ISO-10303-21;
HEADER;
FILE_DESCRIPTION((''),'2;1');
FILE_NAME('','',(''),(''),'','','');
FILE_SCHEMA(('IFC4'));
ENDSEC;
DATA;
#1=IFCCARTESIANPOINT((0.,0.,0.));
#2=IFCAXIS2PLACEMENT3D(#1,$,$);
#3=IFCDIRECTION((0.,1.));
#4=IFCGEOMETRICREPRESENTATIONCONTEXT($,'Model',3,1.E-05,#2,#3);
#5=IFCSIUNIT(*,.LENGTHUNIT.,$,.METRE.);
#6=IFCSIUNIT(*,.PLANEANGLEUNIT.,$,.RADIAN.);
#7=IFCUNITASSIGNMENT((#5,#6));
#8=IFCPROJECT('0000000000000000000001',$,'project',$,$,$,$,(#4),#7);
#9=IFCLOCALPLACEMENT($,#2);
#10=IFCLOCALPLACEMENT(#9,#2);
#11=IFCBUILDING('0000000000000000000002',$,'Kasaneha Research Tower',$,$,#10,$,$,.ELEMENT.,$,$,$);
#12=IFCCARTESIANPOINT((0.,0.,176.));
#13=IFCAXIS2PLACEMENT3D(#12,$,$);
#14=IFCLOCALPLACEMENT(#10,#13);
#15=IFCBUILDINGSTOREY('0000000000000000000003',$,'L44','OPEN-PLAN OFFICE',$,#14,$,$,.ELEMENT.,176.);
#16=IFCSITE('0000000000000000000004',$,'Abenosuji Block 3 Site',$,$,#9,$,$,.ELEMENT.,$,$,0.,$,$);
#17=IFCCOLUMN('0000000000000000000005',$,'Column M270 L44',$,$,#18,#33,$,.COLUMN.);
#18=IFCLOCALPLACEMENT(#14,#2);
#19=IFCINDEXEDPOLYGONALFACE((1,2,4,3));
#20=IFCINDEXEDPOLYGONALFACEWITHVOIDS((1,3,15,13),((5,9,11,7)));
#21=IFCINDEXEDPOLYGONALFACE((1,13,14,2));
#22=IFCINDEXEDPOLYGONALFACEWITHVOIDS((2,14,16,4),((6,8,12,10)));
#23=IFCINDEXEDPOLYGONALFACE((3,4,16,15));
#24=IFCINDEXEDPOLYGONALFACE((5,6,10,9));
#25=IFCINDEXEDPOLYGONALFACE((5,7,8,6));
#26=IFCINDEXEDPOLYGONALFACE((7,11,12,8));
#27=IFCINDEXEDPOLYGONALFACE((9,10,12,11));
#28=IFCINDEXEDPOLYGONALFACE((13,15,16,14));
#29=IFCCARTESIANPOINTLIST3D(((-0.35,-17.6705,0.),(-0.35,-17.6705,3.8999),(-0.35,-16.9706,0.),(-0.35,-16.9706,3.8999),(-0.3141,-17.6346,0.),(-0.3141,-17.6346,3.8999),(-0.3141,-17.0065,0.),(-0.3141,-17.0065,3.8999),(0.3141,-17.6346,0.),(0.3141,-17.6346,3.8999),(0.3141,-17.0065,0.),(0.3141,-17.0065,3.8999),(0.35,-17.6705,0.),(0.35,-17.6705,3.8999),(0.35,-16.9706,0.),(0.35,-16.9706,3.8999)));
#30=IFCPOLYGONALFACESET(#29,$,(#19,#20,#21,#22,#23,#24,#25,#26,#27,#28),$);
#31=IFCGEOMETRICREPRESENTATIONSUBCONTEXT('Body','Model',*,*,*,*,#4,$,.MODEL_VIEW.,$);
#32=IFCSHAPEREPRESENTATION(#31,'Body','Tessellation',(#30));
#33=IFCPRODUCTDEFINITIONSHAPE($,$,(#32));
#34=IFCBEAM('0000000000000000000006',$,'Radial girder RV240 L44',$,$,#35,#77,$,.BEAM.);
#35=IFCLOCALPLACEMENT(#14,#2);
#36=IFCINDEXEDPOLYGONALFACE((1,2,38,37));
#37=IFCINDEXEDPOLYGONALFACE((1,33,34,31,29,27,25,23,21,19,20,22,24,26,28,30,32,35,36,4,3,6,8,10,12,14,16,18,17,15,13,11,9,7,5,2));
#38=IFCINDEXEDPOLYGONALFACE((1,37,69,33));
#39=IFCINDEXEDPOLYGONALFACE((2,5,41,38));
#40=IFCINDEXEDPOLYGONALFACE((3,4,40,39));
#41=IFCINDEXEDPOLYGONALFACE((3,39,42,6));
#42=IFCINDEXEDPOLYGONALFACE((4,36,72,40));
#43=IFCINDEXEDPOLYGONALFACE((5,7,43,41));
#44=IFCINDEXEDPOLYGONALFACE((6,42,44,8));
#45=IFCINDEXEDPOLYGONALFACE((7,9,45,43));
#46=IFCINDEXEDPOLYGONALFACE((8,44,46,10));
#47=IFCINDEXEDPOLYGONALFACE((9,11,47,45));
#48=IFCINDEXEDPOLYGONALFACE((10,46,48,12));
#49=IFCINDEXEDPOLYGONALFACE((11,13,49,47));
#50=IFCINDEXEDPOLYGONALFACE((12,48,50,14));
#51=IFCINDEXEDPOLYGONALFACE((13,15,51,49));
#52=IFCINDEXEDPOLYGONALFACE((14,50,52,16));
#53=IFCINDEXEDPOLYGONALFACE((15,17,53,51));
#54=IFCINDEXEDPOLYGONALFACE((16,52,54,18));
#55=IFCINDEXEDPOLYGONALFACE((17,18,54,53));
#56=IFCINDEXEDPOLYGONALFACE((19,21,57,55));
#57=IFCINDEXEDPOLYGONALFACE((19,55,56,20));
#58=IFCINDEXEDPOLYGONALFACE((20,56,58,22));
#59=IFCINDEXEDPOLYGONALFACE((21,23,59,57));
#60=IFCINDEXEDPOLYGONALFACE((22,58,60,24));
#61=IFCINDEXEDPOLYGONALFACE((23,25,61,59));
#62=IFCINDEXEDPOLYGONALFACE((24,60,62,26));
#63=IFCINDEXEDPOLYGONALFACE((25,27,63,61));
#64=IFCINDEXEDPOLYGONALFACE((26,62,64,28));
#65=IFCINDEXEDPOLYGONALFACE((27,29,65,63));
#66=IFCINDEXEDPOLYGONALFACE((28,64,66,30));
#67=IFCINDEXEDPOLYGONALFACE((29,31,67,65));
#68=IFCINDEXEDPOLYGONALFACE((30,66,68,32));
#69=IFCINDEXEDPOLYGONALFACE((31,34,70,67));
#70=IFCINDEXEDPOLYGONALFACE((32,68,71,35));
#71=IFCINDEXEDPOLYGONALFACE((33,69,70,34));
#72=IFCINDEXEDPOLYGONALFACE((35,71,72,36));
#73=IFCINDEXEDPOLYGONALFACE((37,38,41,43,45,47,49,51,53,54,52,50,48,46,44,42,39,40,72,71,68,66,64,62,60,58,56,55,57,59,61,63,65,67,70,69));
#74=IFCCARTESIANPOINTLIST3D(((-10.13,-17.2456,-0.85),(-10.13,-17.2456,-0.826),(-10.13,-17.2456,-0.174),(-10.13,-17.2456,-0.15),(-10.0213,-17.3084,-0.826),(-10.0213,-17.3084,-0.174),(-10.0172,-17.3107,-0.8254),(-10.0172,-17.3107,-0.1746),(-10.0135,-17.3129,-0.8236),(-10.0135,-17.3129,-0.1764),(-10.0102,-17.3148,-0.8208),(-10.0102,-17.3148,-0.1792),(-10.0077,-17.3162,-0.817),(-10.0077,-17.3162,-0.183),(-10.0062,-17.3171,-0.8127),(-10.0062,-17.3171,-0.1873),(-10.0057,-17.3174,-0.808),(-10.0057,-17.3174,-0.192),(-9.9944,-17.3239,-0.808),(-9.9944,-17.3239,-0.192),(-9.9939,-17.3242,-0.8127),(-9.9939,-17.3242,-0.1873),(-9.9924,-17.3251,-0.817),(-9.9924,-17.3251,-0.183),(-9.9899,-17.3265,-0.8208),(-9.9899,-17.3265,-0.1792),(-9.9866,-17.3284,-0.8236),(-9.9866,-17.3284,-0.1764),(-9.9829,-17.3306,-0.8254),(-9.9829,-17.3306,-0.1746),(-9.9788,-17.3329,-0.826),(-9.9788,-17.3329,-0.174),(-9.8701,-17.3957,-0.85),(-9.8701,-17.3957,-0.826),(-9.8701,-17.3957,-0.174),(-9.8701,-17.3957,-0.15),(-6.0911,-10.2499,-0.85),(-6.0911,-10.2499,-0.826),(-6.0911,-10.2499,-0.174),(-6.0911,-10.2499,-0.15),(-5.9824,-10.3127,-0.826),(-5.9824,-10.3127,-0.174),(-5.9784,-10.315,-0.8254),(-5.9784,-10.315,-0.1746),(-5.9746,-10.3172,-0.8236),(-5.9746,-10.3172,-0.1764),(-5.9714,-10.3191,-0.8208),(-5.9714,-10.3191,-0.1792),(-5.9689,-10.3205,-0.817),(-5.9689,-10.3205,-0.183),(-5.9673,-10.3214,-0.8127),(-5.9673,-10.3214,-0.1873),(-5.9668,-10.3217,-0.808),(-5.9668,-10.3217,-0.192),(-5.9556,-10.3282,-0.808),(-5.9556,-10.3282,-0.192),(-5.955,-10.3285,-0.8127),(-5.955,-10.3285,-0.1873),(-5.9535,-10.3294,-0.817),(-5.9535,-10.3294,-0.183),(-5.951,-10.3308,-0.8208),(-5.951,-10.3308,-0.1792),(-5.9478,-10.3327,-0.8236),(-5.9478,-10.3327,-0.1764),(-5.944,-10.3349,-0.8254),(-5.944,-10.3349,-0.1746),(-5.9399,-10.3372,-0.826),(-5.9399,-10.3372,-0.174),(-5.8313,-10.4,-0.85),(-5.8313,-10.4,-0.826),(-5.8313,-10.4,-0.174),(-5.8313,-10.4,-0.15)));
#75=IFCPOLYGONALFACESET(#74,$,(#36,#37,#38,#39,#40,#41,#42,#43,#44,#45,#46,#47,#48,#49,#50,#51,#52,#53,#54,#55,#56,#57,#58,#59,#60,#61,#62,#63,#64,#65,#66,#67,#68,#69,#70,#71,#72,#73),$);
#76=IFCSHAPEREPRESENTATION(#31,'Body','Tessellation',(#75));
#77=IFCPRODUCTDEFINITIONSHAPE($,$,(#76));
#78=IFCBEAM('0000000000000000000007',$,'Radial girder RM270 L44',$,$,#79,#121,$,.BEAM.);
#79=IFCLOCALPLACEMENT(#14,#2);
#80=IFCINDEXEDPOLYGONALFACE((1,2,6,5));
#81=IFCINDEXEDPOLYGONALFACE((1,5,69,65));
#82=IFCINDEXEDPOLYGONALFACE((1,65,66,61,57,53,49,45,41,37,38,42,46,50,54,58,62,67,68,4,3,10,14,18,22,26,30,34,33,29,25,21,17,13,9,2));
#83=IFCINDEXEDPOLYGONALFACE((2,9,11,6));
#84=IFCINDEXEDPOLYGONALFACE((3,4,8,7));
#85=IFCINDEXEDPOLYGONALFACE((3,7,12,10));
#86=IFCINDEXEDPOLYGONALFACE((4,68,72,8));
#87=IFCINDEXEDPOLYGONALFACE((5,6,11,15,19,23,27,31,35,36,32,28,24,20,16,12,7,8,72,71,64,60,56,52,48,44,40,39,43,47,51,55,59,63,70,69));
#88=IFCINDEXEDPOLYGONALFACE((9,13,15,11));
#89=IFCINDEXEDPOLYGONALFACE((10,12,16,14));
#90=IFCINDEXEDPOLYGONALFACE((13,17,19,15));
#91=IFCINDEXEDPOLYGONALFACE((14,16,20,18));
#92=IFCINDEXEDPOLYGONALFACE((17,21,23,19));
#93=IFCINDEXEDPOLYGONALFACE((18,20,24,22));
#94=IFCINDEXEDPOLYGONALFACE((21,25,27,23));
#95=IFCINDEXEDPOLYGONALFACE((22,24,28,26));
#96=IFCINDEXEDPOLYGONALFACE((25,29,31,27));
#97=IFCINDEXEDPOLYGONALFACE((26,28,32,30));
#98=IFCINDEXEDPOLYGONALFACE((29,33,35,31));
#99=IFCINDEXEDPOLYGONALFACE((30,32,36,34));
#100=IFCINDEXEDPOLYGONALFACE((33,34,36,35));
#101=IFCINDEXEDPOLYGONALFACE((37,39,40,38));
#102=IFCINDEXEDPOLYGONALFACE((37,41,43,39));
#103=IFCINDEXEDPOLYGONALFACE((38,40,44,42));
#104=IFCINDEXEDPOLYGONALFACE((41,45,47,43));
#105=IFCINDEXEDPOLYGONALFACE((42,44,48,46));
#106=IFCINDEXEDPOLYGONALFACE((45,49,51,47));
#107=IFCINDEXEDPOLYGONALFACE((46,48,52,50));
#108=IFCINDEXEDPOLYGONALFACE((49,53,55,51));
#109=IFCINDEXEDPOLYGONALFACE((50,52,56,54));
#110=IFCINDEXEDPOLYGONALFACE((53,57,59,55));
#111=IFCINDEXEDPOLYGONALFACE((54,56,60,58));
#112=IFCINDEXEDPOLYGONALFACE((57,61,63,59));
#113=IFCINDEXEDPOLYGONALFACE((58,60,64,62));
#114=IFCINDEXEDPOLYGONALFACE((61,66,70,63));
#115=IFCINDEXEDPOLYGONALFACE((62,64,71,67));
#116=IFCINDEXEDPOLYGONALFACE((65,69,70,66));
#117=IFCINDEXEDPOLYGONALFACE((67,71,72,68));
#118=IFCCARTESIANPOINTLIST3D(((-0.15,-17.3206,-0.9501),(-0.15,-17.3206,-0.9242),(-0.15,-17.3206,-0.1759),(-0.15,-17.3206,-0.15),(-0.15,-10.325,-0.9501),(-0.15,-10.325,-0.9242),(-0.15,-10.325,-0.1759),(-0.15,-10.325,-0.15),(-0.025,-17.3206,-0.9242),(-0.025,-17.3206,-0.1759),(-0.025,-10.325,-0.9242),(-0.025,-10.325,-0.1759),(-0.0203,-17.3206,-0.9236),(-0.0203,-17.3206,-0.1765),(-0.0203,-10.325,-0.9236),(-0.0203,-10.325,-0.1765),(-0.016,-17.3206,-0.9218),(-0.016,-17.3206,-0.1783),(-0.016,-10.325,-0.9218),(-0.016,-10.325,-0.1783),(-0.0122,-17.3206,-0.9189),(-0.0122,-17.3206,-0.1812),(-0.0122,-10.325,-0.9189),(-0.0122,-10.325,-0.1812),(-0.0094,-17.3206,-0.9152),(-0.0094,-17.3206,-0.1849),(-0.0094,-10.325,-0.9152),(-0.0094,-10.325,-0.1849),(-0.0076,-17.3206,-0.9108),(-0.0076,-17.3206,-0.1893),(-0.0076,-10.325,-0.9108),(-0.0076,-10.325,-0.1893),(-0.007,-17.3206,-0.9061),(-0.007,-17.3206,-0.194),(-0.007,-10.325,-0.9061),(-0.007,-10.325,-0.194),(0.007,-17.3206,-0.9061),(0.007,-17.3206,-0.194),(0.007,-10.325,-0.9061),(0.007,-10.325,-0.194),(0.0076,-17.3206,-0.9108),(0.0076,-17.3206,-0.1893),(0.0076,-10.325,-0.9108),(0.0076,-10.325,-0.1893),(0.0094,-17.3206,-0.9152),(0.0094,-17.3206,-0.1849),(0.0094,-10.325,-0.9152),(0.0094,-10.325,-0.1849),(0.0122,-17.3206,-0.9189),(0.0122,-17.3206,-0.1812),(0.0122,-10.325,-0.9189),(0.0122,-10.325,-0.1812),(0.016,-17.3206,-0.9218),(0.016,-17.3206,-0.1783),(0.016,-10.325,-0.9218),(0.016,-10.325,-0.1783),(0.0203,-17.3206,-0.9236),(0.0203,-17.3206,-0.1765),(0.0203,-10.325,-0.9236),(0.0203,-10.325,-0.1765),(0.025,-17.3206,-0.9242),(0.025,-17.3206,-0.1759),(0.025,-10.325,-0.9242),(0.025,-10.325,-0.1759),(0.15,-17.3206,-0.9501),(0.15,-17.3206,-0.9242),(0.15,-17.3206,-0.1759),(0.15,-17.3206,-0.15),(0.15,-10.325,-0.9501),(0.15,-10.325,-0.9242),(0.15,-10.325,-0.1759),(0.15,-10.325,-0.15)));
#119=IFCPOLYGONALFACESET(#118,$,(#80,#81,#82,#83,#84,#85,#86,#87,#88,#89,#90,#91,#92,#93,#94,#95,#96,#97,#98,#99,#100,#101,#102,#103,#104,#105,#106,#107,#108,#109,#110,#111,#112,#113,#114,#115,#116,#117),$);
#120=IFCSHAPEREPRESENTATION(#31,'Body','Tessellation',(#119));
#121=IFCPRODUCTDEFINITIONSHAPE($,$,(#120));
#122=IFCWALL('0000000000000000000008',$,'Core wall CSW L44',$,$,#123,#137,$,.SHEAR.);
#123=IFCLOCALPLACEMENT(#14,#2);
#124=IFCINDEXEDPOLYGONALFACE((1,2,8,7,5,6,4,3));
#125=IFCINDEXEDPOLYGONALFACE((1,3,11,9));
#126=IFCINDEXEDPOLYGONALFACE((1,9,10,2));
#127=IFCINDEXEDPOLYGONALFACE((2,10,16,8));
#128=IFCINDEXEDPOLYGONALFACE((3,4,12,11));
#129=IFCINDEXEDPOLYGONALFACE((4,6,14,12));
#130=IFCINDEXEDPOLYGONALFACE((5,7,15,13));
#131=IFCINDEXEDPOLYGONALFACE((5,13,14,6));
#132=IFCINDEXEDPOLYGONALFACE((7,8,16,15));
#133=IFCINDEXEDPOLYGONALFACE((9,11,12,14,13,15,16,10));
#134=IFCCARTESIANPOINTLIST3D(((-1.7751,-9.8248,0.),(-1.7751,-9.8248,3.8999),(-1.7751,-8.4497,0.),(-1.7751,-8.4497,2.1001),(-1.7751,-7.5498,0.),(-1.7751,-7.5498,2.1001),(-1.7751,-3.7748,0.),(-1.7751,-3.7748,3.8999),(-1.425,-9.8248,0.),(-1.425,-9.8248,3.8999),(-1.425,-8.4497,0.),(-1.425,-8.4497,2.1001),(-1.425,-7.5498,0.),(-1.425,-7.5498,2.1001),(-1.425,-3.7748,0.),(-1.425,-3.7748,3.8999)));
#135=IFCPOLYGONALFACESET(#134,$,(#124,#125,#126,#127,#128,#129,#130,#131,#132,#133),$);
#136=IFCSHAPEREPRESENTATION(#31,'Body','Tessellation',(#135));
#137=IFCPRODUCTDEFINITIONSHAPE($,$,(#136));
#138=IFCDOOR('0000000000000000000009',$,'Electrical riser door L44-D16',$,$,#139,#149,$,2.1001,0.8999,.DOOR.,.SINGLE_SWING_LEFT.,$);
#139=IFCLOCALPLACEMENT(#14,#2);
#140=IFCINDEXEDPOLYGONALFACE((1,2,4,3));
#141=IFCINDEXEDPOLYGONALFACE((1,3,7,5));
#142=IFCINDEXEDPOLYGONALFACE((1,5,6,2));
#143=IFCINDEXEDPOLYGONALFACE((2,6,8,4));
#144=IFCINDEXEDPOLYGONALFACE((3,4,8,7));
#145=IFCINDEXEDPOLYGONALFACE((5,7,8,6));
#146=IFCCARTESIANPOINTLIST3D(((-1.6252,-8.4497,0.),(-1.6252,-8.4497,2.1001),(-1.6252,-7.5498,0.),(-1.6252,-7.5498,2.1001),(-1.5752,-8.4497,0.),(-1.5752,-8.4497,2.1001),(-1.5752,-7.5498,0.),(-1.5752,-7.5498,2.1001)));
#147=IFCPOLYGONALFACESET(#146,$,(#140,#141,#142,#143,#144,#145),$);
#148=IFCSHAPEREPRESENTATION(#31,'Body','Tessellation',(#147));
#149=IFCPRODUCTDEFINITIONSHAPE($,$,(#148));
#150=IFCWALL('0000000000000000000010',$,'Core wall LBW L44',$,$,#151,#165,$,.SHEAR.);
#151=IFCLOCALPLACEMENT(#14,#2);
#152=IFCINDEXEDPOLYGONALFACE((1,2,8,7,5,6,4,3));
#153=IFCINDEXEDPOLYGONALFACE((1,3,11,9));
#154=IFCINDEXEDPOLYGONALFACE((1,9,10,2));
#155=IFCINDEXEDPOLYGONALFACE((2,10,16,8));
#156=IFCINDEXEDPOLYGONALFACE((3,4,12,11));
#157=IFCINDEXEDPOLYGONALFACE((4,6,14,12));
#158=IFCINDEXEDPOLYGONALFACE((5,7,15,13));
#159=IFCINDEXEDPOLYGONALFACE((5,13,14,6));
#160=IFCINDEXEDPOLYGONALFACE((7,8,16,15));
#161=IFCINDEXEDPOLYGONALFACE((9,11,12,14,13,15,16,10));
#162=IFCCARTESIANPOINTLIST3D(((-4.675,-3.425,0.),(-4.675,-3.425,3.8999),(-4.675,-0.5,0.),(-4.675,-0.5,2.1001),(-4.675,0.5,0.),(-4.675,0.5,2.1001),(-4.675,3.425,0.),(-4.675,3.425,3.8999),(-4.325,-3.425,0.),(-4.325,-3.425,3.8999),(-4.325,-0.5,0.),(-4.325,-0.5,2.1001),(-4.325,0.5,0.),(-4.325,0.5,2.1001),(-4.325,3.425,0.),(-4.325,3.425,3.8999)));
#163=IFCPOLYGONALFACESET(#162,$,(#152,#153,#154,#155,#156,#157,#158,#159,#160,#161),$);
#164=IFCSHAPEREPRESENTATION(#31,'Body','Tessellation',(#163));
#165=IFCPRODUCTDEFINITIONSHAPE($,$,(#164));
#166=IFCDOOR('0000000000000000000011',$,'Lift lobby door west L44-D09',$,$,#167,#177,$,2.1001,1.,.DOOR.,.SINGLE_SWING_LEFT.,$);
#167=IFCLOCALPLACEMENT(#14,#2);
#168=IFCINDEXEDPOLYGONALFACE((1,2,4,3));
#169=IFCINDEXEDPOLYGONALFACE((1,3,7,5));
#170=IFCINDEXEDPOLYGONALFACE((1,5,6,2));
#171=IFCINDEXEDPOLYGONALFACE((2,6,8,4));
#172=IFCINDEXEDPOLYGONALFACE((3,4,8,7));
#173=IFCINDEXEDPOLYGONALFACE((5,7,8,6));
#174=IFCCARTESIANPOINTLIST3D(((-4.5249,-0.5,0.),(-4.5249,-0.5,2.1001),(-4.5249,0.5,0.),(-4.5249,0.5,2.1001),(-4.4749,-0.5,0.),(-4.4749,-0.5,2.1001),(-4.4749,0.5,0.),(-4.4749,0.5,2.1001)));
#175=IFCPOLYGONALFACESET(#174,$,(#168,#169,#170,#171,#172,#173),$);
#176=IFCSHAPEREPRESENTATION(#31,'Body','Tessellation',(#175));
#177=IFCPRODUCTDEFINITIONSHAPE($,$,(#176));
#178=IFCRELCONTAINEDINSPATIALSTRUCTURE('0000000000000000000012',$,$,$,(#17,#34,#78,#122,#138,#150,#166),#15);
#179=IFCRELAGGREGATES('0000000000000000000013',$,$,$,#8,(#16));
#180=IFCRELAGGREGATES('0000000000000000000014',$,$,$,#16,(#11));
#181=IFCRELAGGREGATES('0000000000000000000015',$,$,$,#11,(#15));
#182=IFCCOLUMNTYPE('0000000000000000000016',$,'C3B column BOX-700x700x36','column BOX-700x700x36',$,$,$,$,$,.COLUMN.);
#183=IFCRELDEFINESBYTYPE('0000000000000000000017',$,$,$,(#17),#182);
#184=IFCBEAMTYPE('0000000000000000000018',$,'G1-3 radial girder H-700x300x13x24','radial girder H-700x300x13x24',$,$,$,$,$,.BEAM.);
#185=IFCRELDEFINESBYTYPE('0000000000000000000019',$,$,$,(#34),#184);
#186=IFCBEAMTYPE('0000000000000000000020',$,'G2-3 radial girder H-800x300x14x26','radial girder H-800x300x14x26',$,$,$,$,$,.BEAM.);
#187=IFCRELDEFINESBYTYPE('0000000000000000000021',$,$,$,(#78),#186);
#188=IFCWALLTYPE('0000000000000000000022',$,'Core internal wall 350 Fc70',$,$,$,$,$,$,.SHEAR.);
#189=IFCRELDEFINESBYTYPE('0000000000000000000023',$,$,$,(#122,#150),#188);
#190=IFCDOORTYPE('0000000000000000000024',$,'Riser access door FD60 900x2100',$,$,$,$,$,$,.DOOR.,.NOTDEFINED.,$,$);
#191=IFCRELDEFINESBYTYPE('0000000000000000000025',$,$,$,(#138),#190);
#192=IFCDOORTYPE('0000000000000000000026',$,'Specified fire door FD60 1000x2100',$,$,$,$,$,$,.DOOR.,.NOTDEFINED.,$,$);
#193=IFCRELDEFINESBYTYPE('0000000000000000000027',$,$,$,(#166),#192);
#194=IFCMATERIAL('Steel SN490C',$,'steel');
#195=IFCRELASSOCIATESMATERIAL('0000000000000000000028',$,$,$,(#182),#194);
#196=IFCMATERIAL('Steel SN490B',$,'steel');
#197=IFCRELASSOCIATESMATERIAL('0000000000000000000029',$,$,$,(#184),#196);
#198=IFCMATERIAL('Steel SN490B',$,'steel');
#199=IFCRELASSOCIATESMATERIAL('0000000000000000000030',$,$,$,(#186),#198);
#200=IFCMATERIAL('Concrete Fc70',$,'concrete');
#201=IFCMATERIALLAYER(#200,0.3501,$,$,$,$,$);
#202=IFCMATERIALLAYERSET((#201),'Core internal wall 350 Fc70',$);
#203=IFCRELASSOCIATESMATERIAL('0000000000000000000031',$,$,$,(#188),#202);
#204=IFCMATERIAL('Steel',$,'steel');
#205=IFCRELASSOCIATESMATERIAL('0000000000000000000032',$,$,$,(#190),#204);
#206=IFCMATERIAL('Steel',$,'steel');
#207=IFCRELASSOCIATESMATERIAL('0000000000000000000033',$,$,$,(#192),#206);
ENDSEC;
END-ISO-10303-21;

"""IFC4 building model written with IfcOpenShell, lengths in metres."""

from ifc_helpers import new_model, si_unit, direction, frame, frame_2d, origin, origin_2d, place, context, subcontext, project, spatial, rectangle, hollow_rectangle, i_section, extrude, material, layer, layer_set, material_profile, profile_set, type_object, element, fill, save


model = new_model("IFC4")

# Units and contexts
model_context = context("Model", 3, precision=1e-05, world=origin(), true_north=direction((0.0, 1.0)))
body_context = subcontext(model_context, "Body", "Model", "MODEL_VIEW")
ifc_project = project(units=[si_unit("LENGTHUNIT", "METRE"), si_unit("PLANEANGLEUNIT", "RADIAN")], contexts=[model_context])

# Site, building, storey
site_placement = place(None, origin())
site = spatial("IfcSite", under=ifc_project, at=site_placement, Name="Abenosuji Block 3 Site", CompositionType="ELEMENT", RefElevation=0.0)
building_placement = place(site_placement, origin())
building = spatial("IfcBuilding", under=site, at=building_placement, Name="Kasaneha Research Tower", CompositionType="ELEMENT")
storey_placement = place(building_placement, frame((0.0, 0.0, 176.0)))
storey = spatial("IfcBuildingStorey", under=building, at=storey_placement, Name="L44", Description="OPEN-PLAN OFFICE", CompositionType="ELEMENT", Elevation=176.0)

# Column
ifc_material_1 = material(Name="Steel SN490C", Category="steel")
ifc_material_profile_1 = material_profile(ifc_material_1, hollow_rectangle(XDim=0.7, YDim=0.7, WallThickness=0.0359, at=origin_2d()), Name="BOX-700x700x36")
ifc_profile_set_1 = profile_set([ifc_material_profile_1], Name="Steel SN490C")
column_type = type_object("IfcColumnType", Name="C3B column BOX-700x700x36", Description="column BOX-700x700x36", PredefinedType="COLUMN", material=ifc_profile_set_1)
column_placement = place(storey_placement, frame((0.0, -17.3206, 0.0), z_axis=(0.0, 0.0, 1.0), x_axis=(1.0, 0.0, 0.0)))
element("IfcColumn", 1, at=column_placement, inside=storey, type_object=column_type, Name="Column M270 L44", PredefinedType="COLUMN", context=body_context, shape_type="SweptSolid", body=[
    extrude(hollow_rectangle(XDim=0.7, YDim=0.7, WallThickness=0.0359, at=origin_2d()), origin(), (0.0, 0.0, 1.0), 3.8999),
])

# Beams
ifc_material_2 = material(Name="Steel SN490B", Category="steel")
ifc_material_profile_2 = material_profile(ifc_material_2, i_section(OverallWidth=0.3, OverallDepth=0.7, WebThickness=0.0129, FlangeThickness=0.0239, FilletRadius=0.0181, at=origin_2d()), Name="H-700x300x13x24")
ifc_profile_set_2 = profile_set([ifc_material_profile_2], Name="Steel SN490B")
beam_type_1 = type_object("IfcBeamType", Name="G1-3 radial girder H-700x300x13x24", Description="radial girder H-700x300x13x24", PredefinedType="BEAM", material=ifc_profile_set_2)
beam_1_placement = place(storey_placement, frame((-5.9612, -10.325, -0.5), z_axis=(-0.499991, -0.866031, 0.0), x_axis=(0.866031, -0.499991, 0.0)))
element("IfcBeam", 2, at=beam_1_placement, inside=storey, type_object=beam_type_1, Name="Radial girder RV240 L44", PredefinedType="BEAM", context=body_context, shape_type="SweptSolid", body=[
    extrude(i_section(OverallWidth=0.3, OverallDepth=0.7, WebThickness=0.0129, FlangeThickness=0.0239, FilletRadius=0.0181, at=origin_2d()), origin(), (0.0, 0.0, 1.0), 8.0779),
])
ifc_material_3 = material(Name="Steel SN490B", Category="steel")
ifc_material_profile_3 = material_profile(ifc_material_3, i_section(OverallWidth=0.3, OverallDepth=0.8, WebThickness=0.0139, FlangeThickness=0.0259, FilletRadius=0.0181, at=origin_2d()), Name="H-800x300x14x26")
ifc_profile_set_3 = profile_set([ifc_material_profile_3], Name="Steel SN490B")
beam_type_2 = type_object("IfcBeamType", Name="G2-3 radial girder H-800x300x14x26", Description="radial girder H-800x300x14x26", PredefinedType="BEAM", material=ifc_profile_set_3)
beam_2_placement = place(storey_placement, frame((0.0, -10.325, -0.55), z_axis=(0.0, -1.0, 0.0), x_axis=(1.0, 0.0, 0.0)))
element("IfcBeam", 3, at=beam_2_placement, inside=storey, type_object=beam_type_2, Name="Radial girder RM270 L44", PredefinedType="BEAM", context=body_context, shape_type="SweptSolid", body=[
    extrude(i_section(OverallWidth=0.3, OverallDepth=0.8, WebThickness=0.0139, FlangeThickness=0.0259, FilletRadius=0.0181, at=origin_2d()), origin(), (0.0, 0.0, 1.0), 6.9956),
])

# Walls, openings, doors
ifc_material_4 = material(Name="Concrete Fc70", Category="concrete")
ifc_layer_1 = layer(ifc_material_4, 0.3501)
ifc_layer_set_1 = layer_set([ifc_layer_1], Name="Core internal wall 350 Fc70")
wall_type_1 = type_object("IfcWallType", Name="Core internal wall 350 Fc70", PredefinedType="SHEAR", material=ifc_layer_set_1)
wall_1_placement = place(storey_placement, frame((-1.6001, -3.7749, 0.0), z_axis=(0.0, 0.0, 1.0), x_axis=(0.0, -1.0, 0.0)))
wall_1 = element("IfcWall", 4, at=wall_1_placement, inside=storey, type_object=wall_type_1, Name="Core wall CSW L44", PredefinedType="SHEAR", context=body_context, shape_type="SweptSolid", body=[
    extrude(rectangle(XDim=6.05, YDim=0.3501, at=frame_2d((3.0249, 0.0))), origin(), (0.0, 0.0, 1.0), 3.8999),
])
opening_1_placement = place(wall_1_placement, frame((3.7749, 0.0, 0.0)))
opening_1 = element("IfcOpeningElement", 5, at=opening_1_placement, cuts=wall_1, PredefinedType="OPENING", context=body_context, shape_type="SweptSolid", body=[
    extrude(rectangle(XDim=0.8999, YDim=2.1001, at=frame_2d((0.45, 1.05))), frame((0.0, 0.1851, 0.0), z_axis=(0.0, -1.0, 0.0), x_axis=(1.0, 0.0, 0.0)), (0.0, 0.0, 1.0), 0.3701),
])
ifc_material_5 = material(Name="Steel", Category="steel")
door_type_1 = type_object("IfcDoorType", Name="Riser access door FD60 900x2100", OperationType="NOTDEFINED", PredefinedType="DOOR", material=ifc_material_5)
door_1_placement = place(opening_1_placement, origin())
door_1 = element("IfcDoor", 6, at=door_1_placement, inside=storey, type_object=door_type_1, Name="Electrical riser door L44-D16", OperationType="SINGLE_SWING_LEFT", OverallHeight=2.1001, OverallWidth=0.8999, PredefinedType="DOOR", context=body_context, shape_type="SweptSolid", body=[
    extrude(rectangle(XDim=0.8999, YDim=2.1001, at=frame_2d((0.45, 1.05))), frame((0.0, 0.0249, 0.0), z_axis=(0.0, -1.0, 0.0), x_axis=(1.0, 0.0, 0.0)), (0.0, 0.0, 1.0), 0.05),
])
fill(opening_1, door_1)
wall_2_placement = place(storey_placement, frame((-4.5, -3.425, 0.0), z_axis=(0.0, 0.0, 1.0), x_axis=(0.0, 1.0, 0.0)))
wall_2 = element("IfcWall", 7, at=wall_2_placement, inside=storey, type_object=wall_type_1, Name="Core wall LBW L44", PredefinedType="SHEAR", context=body_context, shape_type="SweptSolid", body=[
    extrude(rectangle(XDim=6.8501, YDim=0.3501, at=frame_2d((3.425, 0.0))), origin(), (0.0, 0.0, 1.0), 3.8999),
])
opening_2_placement = place(wall_2_placement, frame((2.925, 0.0, 0.0)))
opening_2 = element("IfcOpeningElement", 8, at=opening_2_placement, cuts=wall_2, PredefinedType="OPENING", context=body_context, shape_type="SweptSolid", body=[
    extrude(rectangle(XDim=1.0, YDim=2.1001, at=frame_2d((0.5, 1.05))), frame((0.0, 0.1851, 0.0), z_axis=(0.0, -1.0, 0.0), x_axis=(1.0, 0.0, 0.0)), (0.0, 0.0, 1.0), 0.3701),
])
ifc_material_6 = material(Name="Steel", Category="steel")
door_type_2 = type_object("IfcDoorType", Name="Specified fire door FD60 1000x2100", OperationType="NOTDEFINED", PredefinedType="DOOR", material=ifc_material_6)
door_2_placement = place(opening_2_placement, origin())
door_2 = element("IfcDoor", 9, at=door_2_placement, inside=storey, type_object=door_type_2, Name="Lift lobby door west L44-D09", OperationType="SINGLE_SWING_LEFT", OverallHeight=2.1001, OverallWidth=1.0, PredefinedType="DOOR", context=body_context, shape_type="SweptSolid", body=[
    extrude(rectangle(XDim=1.0, YDim=2.1001, at=frame_2d((0.5, 1.05))), frame((0.0, 0.0249, 0.0), z_axis=(0.0, -1.0, 0.0), x_axis=(1.0, 0.0, 0.0)), (0.0, 0.0, 1.0), 0.05),
])
fill(opening_2, door_2)

save(model, "model.ifc")
